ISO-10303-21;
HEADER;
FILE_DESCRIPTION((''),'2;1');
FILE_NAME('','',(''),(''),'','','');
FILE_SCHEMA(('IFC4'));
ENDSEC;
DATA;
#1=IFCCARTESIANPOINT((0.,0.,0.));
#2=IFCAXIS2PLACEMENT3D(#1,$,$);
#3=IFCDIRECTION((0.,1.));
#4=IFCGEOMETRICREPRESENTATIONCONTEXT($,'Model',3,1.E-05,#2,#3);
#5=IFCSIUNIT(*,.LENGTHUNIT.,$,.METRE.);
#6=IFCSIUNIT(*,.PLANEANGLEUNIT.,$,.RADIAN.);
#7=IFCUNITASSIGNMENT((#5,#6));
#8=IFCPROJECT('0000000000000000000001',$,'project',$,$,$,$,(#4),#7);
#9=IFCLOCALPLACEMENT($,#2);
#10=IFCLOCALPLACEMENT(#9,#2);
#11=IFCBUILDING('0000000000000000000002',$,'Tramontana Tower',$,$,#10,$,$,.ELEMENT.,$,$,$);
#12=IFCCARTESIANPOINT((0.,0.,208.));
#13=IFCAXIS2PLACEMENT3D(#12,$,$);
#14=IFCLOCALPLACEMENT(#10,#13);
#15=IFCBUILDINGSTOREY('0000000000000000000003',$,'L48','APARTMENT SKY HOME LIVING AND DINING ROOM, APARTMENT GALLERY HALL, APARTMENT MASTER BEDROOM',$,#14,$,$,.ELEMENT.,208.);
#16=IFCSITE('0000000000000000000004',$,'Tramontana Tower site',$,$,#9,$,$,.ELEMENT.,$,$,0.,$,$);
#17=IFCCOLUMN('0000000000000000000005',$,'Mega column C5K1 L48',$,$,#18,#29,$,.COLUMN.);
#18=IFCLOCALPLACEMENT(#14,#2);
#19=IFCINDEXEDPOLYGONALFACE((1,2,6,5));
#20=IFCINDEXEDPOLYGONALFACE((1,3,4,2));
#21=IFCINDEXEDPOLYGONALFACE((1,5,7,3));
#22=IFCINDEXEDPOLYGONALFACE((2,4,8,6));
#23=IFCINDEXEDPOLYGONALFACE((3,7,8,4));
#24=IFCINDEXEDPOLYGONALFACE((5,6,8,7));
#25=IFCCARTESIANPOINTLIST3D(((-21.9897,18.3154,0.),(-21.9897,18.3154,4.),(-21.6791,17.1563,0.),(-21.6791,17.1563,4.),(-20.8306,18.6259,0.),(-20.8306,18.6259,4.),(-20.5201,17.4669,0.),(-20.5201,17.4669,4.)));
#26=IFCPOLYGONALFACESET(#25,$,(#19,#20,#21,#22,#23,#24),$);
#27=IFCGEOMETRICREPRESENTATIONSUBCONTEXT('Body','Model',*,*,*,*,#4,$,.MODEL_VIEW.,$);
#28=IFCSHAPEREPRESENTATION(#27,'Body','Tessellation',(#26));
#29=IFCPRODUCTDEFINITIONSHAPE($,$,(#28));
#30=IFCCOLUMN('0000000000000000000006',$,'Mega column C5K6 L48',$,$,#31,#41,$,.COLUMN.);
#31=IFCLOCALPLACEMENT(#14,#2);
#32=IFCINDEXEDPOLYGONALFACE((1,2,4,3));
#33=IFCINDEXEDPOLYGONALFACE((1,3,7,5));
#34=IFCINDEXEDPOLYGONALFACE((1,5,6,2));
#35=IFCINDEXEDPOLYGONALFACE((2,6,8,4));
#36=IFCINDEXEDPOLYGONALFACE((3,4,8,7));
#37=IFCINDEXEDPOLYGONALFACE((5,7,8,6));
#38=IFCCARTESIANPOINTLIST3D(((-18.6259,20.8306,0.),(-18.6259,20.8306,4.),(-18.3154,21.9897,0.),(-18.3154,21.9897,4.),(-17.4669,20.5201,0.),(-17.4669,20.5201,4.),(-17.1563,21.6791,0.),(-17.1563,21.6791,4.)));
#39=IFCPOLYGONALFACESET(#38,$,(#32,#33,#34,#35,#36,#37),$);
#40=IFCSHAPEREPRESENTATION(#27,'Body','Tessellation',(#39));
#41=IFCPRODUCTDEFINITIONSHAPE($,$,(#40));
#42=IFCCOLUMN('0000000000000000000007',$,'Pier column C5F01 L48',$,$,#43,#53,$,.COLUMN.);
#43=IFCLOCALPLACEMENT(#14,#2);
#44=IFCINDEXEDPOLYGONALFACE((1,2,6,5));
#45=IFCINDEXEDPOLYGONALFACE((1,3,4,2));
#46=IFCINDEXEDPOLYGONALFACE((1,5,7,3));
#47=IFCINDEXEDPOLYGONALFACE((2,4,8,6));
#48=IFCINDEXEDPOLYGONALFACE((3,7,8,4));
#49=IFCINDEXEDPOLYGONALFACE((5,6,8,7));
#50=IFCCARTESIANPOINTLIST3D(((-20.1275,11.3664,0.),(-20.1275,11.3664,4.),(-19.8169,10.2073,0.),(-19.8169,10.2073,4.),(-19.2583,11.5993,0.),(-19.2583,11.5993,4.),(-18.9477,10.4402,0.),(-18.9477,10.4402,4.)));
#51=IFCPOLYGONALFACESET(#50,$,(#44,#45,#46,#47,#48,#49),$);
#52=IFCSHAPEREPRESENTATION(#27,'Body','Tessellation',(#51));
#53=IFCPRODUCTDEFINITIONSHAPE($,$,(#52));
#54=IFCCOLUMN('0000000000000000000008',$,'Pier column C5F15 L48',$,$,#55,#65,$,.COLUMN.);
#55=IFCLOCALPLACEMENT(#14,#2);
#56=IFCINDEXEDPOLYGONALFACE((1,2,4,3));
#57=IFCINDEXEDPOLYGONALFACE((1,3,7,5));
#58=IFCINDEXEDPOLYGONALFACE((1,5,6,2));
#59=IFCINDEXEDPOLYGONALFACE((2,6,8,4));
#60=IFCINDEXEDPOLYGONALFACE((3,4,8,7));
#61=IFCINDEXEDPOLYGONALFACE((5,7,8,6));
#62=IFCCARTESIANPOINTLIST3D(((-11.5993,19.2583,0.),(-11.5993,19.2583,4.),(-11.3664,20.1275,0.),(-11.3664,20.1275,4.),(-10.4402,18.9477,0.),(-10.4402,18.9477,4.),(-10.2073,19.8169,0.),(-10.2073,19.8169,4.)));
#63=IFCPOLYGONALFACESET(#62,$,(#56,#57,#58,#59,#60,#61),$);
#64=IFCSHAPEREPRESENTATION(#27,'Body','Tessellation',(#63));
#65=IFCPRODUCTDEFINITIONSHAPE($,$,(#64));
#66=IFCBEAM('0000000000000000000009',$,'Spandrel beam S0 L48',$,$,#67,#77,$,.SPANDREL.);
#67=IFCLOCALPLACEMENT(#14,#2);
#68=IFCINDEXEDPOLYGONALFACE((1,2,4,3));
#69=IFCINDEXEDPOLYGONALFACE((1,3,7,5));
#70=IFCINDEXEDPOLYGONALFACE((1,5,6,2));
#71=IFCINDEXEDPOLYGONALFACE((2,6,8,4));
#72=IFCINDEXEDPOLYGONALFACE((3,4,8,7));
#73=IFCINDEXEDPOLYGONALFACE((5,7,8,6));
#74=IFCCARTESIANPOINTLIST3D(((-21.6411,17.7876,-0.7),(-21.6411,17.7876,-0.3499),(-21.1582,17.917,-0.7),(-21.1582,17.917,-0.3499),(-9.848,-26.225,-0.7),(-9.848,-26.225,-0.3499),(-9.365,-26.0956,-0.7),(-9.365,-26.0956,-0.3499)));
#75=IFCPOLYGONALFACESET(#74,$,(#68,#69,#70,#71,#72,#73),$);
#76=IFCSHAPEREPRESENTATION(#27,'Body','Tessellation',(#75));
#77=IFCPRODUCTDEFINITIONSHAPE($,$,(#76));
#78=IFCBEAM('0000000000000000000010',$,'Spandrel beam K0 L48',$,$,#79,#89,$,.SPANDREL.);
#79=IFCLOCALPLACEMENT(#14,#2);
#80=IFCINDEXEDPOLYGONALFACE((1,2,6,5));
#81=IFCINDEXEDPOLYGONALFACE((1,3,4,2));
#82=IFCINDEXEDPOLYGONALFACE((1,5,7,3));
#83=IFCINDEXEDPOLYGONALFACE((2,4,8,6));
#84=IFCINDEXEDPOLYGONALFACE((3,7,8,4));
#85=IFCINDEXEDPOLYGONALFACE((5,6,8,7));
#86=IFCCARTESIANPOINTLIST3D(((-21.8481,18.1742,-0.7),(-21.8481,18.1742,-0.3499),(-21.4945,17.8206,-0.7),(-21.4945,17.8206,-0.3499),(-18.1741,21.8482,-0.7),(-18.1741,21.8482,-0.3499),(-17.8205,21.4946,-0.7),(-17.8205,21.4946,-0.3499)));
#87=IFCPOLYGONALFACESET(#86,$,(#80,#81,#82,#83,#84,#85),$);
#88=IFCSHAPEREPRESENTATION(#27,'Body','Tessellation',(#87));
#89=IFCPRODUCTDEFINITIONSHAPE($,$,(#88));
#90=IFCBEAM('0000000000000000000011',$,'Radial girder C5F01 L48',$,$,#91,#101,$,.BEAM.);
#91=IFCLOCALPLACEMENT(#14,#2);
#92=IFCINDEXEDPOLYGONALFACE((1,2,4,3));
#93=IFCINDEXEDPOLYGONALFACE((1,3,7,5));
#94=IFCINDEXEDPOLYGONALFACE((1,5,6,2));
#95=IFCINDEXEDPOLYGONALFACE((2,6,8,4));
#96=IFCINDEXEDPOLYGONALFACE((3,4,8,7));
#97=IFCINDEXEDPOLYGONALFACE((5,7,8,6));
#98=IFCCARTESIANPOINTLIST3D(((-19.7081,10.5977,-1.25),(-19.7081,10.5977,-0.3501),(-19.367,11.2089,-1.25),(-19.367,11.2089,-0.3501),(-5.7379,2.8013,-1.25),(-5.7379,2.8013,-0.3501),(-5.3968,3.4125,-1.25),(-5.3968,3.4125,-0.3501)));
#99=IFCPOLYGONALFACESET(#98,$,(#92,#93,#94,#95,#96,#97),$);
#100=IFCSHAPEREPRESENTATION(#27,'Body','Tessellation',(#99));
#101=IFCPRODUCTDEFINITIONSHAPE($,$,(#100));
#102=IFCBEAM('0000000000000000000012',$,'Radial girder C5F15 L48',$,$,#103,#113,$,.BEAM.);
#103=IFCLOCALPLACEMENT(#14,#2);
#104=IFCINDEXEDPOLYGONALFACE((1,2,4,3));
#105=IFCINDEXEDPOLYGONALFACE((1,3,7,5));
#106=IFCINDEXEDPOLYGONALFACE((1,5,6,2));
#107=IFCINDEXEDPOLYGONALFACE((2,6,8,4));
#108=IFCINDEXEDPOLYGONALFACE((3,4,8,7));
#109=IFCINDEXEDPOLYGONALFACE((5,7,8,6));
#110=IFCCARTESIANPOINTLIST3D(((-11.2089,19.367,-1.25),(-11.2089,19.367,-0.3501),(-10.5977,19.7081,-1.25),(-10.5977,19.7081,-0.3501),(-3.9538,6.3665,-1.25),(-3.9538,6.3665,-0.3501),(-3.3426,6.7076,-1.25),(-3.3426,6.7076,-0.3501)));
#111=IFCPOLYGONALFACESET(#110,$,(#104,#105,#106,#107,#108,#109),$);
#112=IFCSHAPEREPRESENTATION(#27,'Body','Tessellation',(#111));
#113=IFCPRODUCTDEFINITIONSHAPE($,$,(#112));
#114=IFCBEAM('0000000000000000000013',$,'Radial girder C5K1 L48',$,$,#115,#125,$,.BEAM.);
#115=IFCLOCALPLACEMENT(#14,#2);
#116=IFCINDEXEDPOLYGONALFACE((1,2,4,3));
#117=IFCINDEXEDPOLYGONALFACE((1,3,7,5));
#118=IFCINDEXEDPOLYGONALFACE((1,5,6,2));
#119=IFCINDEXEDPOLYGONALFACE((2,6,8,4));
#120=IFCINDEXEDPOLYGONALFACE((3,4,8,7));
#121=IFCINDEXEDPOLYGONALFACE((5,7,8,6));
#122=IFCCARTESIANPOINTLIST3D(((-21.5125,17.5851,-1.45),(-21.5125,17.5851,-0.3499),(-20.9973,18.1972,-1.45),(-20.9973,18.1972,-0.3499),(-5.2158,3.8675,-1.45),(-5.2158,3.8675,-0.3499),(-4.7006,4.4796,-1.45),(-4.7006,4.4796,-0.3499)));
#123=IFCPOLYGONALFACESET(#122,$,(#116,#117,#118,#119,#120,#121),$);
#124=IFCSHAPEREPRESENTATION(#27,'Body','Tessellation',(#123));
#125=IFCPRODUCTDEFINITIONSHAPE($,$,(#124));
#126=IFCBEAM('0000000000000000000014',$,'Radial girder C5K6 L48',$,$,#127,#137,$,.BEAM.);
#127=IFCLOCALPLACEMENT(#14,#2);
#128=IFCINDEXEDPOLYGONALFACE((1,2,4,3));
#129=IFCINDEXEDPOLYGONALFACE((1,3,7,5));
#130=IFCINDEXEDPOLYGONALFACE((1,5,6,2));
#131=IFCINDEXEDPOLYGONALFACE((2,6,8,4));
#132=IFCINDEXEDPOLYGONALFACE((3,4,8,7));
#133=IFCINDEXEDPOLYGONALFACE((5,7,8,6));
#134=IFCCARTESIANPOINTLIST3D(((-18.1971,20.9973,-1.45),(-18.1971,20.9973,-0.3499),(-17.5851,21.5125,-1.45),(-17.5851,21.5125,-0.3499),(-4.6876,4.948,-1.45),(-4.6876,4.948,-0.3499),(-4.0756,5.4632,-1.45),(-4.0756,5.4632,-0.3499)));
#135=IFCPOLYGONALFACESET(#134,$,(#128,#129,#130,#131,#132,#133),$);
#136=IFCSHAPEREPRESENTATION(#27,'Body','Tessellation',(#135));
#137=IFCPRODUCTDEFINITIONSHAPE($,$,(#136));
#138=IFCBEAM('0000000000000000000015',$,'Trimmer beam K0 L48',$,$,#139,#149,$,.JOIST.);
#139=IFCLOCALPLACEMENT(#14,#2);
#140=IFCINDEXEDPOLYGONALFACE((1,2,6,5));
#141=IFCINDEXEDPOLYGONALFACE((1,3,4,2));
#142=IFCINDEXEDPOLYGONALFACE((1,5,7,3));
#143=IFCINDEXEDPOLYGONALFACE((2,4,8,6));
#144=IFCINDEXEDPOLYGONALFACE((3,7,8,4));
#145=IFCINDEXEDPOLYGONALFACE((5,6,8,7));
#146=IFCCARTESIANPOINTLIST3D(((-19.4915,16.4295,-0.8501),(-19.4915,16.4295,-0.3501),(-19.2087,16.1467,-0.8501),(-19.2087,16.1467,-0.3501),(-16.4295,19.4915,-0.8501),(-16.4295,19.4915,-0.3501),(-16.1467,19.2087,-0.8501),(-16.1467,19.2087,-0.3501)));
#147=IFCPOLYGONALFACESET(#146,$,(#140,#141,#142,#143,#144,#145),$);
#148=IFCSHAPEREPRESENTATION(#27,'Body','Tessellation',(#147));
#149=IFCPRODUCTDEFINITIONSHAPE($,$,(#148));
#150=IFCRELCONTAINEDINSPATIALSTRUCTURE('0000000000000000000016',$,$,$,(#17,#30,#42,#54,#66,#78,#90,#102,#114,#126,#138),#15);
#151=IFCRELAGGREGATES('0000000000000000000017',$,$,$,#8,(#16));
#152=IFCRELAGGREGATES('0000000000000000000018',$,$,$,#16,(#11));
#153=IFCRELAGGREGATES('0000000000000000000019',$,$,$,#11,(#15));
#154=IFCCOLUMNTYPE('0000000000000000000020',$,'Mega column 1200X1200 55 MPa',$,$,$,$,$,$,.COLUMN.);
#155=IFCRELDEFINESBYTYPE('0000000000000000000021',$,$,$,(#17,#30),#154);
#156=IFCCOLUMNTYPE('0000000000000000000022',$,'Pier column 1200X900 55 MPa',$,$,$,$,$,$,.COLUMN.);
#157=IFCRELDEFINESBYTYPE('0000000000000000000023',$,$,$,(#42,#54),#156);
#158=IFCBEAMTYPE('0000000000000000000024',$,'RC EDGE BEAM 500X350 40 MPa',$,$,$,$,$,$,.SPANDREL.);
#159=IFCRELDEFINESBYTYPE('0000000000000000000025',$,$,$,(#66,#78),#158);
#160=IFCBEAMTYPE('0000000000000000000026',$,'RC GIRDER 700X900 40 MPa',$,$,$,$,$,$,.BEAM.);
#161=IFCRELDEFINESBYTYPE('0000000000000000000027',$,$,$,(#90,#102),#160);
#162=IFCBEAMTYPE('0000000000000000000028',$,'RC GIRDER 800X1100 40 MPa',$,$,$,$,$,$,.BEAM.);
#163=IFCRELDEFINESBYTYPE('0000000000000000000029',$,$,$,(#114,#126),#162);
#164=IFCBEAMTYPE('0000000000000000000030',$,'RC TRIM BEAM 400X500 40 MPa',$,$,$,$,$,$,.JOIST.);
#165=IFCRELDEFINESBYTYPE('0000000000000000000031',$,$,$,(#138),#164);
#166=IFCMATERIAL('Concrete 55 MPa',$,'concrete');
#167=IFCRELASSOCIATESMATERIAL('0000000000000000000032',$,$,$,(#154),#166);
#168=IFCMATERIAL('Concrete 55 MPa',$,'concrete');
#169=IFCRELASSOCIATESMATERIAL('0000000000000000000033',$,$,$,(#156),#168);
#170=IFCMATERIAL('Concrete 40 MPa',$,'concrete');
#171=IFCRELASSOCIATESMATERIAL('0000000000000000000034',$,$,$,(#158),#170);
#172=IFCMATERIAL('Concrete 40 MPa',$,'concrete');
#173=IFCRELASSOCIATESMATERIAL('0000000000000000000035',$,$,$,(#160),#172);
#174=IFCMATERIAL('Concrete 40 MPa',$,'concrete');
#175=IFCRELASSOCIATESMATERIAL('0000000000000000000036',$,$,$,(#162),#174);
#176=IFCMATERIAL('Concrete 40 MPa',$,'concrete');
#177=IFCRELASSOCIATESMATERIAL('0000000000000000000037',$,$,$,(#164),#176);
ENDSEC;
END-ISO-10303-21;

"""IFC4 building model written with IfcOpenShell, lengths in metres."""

from ifc_helpers import new_model, si_unit, direction, frame, origin, origin_2d, place, context, subcontext, project, spatial, rectangle, extrude, material, material_profile, profile_set, type_object, element, save


model = new_model("IFC4")

# Units and contexts
model_context = context("Model", 3, precision=1e-05, world=origin(), true_north=direction((0.0, 1.0)))
body_context = subcontext(model_context, "Body", "Model", "MODEL_VIEW")
ifc_project = project(units=[si_unit("LENGTHUNIT", "METRE"), si_unit("PLANEANGLEUNIT", "RADIAN")], contexts=[model_context])

# Site, building, storey
site_placement = place(None, origin())
site = spatial("IfcSite", under=ifc_project, at=site_placement, Name="Tramontana Tower site", CompositionType="ELEMENT", RefElevation=0.0)
building_placement = place(site_placement, origin())
building = spatial("IfcBuilding", under=site, at=building_placement, Name="Tramontana Tower", CompositionType="ELEMENT")
storey_placement = place(building_placement, frame((0.0, 0.0, 208.0)))
storey = spatial("IfcBuildingStorey", under=building, at=storey_placement, Name="L48", Description="APARTMENT SKY HOME LIVING AND DINING ROOM, APARTMENT GALLERY HALL, APARTMENT MASTER BEDROOM", CompositionType="ELEMENT", Elevation=208.0)

# Columns
ifc_material_1 = material(Name="Concrete 55 MPa", Category="concrete")
ifc_material_profile_1 = material_profile(ifc_material_1, rectangle(XDim=1.2, YDim=1.2, at=origin_2d()), Name="Mega column 1200X1200 55 MPa")
ifc_profile_set_1 = profile_set([ifc_material_profile_1], Name="Concrete 55 MPa")
column_type_1 = type_object("IfcColumnType", Name="Mega column 1200X1200 55 MPa", PredefinedType="COLUMN", material=ifc_profile_set_1)
for number, where, z_axis, x_axis, name in (
    (1, (-21.2549, 17.8911, 0.0), (0.0, 0.0, 1.0), (0.258819, -0.965926, 0.0), "Mega column C5K1 L48"),
    (2, (-17.8911, 21.2549, 0.0), (0.0, 0.0, 1.0), (-0.965926, 0.258819, 0.0), "Mega column C5K6 L48"),
):
    element("IfcColumn", number, at=place(storey_placement, frame(where, z_axis=z_axis, x_axis=x_axis)), inside=storey, type_object=column_type_1, Name=name, PredefinedType="COLUMN", context=body_context, shape_type="SweptSolid", body=[
        extrude(rectangle(XDim=1.2, YDim=1.2, at=origin_2d()), origin(), (0.0, 0.0, 1.0), 4.0),
    ])
ifc_material_2 = material(Name="Concrete 55 MPa", Category="concrete")
ifc_material_profile_2 = material_profile(ifc_material_2, rectangle(XDim=1.2, YDim=0.8999, at=origin_2d()), Name="Pier column 1200X900 55 MPa")
ifc_profile_set_2 = profile_set([ifc_material_profile_2], Name="Concrete 55 MPa")
column_type_2 = type_object("IfcColumnType", Name="Pier column 1200X900 55 MPa", PredefinedType="COLUMN", material=ifc_profile_set_2)
for number, where, z_axis, x_axis, name in (
    (3, (-19.5376, 10.9033, 0.0), (0.0, 0.0, 1.0), (0.258819, -0.965926, 0.0), "Pier column C5F01 L48"),
    (4, (-10.9033, 19.5376, 0.0), (0.0, 0.0, 1.0), (-0.965926, 0.258819, 0.0), "Pier column C5F15 L48"),
):
    element("IfcColumn", number, at=place(storey_placement, frame(where, z_axis=z_axis, x_axis=x_axis)), inside=storey, type_object=column_type_2, Name=name, PredefinedType="COLUMN", context=body_context, shape_type="SweptSolid", body=[
        extrude(rectangle(XDim=1.2, YDim=0.8999, at=origin_2d()), origin(), (0.0, 0.0, 1.0), 4.0),
    ])

# Beams
ifc_material_3 = material(Name="Concrete 40 MPa", Category="concrete")
ifc_material_profile_3 = material_profile(ifc_material_3, rectangle(XDim=0.5, YDim=0.3501, at=origin_2d()), Name="RC EDGE BEAM 500X350 40 MPa")
ifc_profile_set_3 = profile_set([ifc_material_profile_3], Name="Concrete 40 MPa")
beam_type_1 = type_object("IfcBeamType", Name="RC EDGE BEAM 500X350 40 MPa", PredefinedType="SPANDREL", material=ifc_profile_set_3)
beam_1_placement = place(storey_placement, frame((-21.3997, 17.8523, -0.5249), z_axis=(0.25882, -0.965926, 0.0), x_axis=(0.965926, 0.25882, 0.0)))
element("IfcBeam", 5, at=beam_1_placement, inside=storey, type_object=beam_type_1, Name="Spandrel beam S0 L48", PredefinedType="SPANDREL", context=body_context, shape_type="SweptSolid", body=[
    extrude(rectangle(XDim=0.5, YDim=0.3501, at=origin_2d()), origin(), (0.0, 0.0, 1.0), 45.5652),
])
beam_2_placement = place(storey_placement, frame((-17.9973, 21.6714, -0.5249), z_axis=(-0.707107, -0.707107, 0.0), x_axis=(0.707107, -0.707107, 0.0)))
element("IfcBeam", 6, at=beam_2_placement, inside=storey, type_object=beam_type_1, Name="Spandrel beam K0 L48", PredefinedType="SPANDREL", context=body_context, shape_type="SweptSolid", body=[
    extrude(rectangle(XDim=0.5, YDim=0.3501, at=origin_2d()), origin(), (0.0, 0.0, 1.0), 5.1958),
])
ifc_material_4 = material(Name="Concrete 40 MPa", Category="concrete")
ifc_material_profile_4 = material_profile(ifc_material_4, rectangle(XDim=0.7, YDim=0.8999, at=origin_2d()), Name="RC GIRDER 700X900 40 MPa")
ifc_profile_set_4 = profile_set([ifc_material_profile_4], Name="Concrete 40 MPa")
beam_type_2 = type_object("IfcBeamType", Name="RC GIRDER 700X900 40 MPa", PredefinedType="BEAM", material=ifc_profile_set_4)
beam_3_placement = place(storey_placement, frame((-19.5376, 10.9033, -0.8), z_axis=(0.873223, -0.487321, 0.0), x_axis=(0.487321, 0.873223, 0.0)))
element("IfcBeam", 7, at=beam_3_placement, inside=storey, type_object=beam_type_2, Name="Radial girder C5F01 L48", PredefinedType="BEAM", context=body_context, shape_type="SweptSolid", body=[
    extrude(rectangle(XDim=0.7, YDim=0.8999, at=origin_2d()), origin(), (0.0, 0.0, 1.0), 15.9985),
])
beam_4_placement = place(storey_placement, frame((-10.9033, 19.5376, -0.8), z_axis=(0.487317, -0.873225, 0.0), x_axis=(0.873225, 0.487317, 0.0)))
element("IfcBeam", 8, at=beam_4_placement, inside=storey, type_object=beam_type_2, Name="Radial girder C5F15 L48", PredefinedType="BEAM", context=body_context, shape_type="SweptSolid", body=[
    extrude(rectangle(XDim=0.7, YDim=0.8999, at=origin_2d()), origin(), (0.0, 0.0, 1.0), 14.8879),
])
ifc_material_5 = material(Name="Concrete 40 MPa", Category="concrete")
ifc_material_profile_5 = material_profile(ifc_material_5, rectangle(XDim=0.8, YDim=1.1001, at=origin_2d()), Name="RC GIRDER 800X1100 40 MPa")
ifc_profile_set_5 = profile_set([ifc_material_profile_5], Name="Concrete 40 MPa")
beam_type_3 = type_object("IfcBeamType", Name="RC GIRDER 800X1100 40 MPa", PredefinedType="BEAM", material=ifc_profile_set_5)
beam_5_placement = place(storey_placement, frame((-21.2549, 17.8911, -0.8999), z_axis=(0.765049, -0.643972, 0.0), x_axis=(0.643972, 0.765049, 0.0)))
element("IfcBeam", 9, at=beam_5_placement, inside=storey, type_object=beam_type_3, Name="Radial girder C5K1 L48", PredefinedType="BEAM", context=body_context, shape_type="SweptSolid", body=[
    extrude(rectangle(XDim=0.8, YDim=1.1001, at=origin_2d()), origin(), (0.0, 0.0, 1.0), 21.3015),
])
beam_6_placement = place(storey_placement, frame((-17.8911, 21.2549, -0.8999), z_axis=(0.643977, -0.765045, 0.0), x_axis=(0.765045, 0.643977, 0.0)))
element("IfcBeam", 10, at=beam_6_placement, inside=storey, type_object=beam_type_3, Name="Radial girder C5K6 L48", PredefinedType="BEAM", context=body_context, shape_type="SweptSolid", body=[
    extrude(rectangle(XDim=0.8, YDim=1.1001, at=origin_2d()), origin(), (0.0, 0.0, 1.0), 20.9783),
])
ifc_material_6 = material(Name="Concrete 40 MPa", Category="concrete")
ifc_material_profile_6 = material_profile(ifc_material_6, rectangle(XDim=0.3999, YDim=0.5, at=origin_2d()), Name="RC TRIM BEAM 400X500 40 MPa")
ifc_profile_set_6 = profile_set([ifc_material_profile_6], Name="Concrete 40 MPa")
beam_type_4 = type_object("IfcBeamType", Name="RC TRIM BEAM 400X500 40 MPa", PredefinedType="JOIST", material=ifc_profile_set_6)
beam_7_placement = place(storey_placement, frame((-16.2881, 19.3501, -0.6001), z_axis=(-0.707107, -0.707107, 0.0), x_axis=(0.707107, -0.707107, 0.0)))
element("IfcBeam", 11, at=beam_7_placement, inside=storey, type_object=beam_type_4, Name="Trimmer beam K0 L48", PredefinedType="JOIST", context=body_context, shape_type="SweptSolid", body=[
    extrude(rectangle(XDim=0.3999, YDim=0.5, at=origin_2d()), origin(), (0.0, 0.0, 1.0), 4.3303),
])

save(model, "model.ifc")
